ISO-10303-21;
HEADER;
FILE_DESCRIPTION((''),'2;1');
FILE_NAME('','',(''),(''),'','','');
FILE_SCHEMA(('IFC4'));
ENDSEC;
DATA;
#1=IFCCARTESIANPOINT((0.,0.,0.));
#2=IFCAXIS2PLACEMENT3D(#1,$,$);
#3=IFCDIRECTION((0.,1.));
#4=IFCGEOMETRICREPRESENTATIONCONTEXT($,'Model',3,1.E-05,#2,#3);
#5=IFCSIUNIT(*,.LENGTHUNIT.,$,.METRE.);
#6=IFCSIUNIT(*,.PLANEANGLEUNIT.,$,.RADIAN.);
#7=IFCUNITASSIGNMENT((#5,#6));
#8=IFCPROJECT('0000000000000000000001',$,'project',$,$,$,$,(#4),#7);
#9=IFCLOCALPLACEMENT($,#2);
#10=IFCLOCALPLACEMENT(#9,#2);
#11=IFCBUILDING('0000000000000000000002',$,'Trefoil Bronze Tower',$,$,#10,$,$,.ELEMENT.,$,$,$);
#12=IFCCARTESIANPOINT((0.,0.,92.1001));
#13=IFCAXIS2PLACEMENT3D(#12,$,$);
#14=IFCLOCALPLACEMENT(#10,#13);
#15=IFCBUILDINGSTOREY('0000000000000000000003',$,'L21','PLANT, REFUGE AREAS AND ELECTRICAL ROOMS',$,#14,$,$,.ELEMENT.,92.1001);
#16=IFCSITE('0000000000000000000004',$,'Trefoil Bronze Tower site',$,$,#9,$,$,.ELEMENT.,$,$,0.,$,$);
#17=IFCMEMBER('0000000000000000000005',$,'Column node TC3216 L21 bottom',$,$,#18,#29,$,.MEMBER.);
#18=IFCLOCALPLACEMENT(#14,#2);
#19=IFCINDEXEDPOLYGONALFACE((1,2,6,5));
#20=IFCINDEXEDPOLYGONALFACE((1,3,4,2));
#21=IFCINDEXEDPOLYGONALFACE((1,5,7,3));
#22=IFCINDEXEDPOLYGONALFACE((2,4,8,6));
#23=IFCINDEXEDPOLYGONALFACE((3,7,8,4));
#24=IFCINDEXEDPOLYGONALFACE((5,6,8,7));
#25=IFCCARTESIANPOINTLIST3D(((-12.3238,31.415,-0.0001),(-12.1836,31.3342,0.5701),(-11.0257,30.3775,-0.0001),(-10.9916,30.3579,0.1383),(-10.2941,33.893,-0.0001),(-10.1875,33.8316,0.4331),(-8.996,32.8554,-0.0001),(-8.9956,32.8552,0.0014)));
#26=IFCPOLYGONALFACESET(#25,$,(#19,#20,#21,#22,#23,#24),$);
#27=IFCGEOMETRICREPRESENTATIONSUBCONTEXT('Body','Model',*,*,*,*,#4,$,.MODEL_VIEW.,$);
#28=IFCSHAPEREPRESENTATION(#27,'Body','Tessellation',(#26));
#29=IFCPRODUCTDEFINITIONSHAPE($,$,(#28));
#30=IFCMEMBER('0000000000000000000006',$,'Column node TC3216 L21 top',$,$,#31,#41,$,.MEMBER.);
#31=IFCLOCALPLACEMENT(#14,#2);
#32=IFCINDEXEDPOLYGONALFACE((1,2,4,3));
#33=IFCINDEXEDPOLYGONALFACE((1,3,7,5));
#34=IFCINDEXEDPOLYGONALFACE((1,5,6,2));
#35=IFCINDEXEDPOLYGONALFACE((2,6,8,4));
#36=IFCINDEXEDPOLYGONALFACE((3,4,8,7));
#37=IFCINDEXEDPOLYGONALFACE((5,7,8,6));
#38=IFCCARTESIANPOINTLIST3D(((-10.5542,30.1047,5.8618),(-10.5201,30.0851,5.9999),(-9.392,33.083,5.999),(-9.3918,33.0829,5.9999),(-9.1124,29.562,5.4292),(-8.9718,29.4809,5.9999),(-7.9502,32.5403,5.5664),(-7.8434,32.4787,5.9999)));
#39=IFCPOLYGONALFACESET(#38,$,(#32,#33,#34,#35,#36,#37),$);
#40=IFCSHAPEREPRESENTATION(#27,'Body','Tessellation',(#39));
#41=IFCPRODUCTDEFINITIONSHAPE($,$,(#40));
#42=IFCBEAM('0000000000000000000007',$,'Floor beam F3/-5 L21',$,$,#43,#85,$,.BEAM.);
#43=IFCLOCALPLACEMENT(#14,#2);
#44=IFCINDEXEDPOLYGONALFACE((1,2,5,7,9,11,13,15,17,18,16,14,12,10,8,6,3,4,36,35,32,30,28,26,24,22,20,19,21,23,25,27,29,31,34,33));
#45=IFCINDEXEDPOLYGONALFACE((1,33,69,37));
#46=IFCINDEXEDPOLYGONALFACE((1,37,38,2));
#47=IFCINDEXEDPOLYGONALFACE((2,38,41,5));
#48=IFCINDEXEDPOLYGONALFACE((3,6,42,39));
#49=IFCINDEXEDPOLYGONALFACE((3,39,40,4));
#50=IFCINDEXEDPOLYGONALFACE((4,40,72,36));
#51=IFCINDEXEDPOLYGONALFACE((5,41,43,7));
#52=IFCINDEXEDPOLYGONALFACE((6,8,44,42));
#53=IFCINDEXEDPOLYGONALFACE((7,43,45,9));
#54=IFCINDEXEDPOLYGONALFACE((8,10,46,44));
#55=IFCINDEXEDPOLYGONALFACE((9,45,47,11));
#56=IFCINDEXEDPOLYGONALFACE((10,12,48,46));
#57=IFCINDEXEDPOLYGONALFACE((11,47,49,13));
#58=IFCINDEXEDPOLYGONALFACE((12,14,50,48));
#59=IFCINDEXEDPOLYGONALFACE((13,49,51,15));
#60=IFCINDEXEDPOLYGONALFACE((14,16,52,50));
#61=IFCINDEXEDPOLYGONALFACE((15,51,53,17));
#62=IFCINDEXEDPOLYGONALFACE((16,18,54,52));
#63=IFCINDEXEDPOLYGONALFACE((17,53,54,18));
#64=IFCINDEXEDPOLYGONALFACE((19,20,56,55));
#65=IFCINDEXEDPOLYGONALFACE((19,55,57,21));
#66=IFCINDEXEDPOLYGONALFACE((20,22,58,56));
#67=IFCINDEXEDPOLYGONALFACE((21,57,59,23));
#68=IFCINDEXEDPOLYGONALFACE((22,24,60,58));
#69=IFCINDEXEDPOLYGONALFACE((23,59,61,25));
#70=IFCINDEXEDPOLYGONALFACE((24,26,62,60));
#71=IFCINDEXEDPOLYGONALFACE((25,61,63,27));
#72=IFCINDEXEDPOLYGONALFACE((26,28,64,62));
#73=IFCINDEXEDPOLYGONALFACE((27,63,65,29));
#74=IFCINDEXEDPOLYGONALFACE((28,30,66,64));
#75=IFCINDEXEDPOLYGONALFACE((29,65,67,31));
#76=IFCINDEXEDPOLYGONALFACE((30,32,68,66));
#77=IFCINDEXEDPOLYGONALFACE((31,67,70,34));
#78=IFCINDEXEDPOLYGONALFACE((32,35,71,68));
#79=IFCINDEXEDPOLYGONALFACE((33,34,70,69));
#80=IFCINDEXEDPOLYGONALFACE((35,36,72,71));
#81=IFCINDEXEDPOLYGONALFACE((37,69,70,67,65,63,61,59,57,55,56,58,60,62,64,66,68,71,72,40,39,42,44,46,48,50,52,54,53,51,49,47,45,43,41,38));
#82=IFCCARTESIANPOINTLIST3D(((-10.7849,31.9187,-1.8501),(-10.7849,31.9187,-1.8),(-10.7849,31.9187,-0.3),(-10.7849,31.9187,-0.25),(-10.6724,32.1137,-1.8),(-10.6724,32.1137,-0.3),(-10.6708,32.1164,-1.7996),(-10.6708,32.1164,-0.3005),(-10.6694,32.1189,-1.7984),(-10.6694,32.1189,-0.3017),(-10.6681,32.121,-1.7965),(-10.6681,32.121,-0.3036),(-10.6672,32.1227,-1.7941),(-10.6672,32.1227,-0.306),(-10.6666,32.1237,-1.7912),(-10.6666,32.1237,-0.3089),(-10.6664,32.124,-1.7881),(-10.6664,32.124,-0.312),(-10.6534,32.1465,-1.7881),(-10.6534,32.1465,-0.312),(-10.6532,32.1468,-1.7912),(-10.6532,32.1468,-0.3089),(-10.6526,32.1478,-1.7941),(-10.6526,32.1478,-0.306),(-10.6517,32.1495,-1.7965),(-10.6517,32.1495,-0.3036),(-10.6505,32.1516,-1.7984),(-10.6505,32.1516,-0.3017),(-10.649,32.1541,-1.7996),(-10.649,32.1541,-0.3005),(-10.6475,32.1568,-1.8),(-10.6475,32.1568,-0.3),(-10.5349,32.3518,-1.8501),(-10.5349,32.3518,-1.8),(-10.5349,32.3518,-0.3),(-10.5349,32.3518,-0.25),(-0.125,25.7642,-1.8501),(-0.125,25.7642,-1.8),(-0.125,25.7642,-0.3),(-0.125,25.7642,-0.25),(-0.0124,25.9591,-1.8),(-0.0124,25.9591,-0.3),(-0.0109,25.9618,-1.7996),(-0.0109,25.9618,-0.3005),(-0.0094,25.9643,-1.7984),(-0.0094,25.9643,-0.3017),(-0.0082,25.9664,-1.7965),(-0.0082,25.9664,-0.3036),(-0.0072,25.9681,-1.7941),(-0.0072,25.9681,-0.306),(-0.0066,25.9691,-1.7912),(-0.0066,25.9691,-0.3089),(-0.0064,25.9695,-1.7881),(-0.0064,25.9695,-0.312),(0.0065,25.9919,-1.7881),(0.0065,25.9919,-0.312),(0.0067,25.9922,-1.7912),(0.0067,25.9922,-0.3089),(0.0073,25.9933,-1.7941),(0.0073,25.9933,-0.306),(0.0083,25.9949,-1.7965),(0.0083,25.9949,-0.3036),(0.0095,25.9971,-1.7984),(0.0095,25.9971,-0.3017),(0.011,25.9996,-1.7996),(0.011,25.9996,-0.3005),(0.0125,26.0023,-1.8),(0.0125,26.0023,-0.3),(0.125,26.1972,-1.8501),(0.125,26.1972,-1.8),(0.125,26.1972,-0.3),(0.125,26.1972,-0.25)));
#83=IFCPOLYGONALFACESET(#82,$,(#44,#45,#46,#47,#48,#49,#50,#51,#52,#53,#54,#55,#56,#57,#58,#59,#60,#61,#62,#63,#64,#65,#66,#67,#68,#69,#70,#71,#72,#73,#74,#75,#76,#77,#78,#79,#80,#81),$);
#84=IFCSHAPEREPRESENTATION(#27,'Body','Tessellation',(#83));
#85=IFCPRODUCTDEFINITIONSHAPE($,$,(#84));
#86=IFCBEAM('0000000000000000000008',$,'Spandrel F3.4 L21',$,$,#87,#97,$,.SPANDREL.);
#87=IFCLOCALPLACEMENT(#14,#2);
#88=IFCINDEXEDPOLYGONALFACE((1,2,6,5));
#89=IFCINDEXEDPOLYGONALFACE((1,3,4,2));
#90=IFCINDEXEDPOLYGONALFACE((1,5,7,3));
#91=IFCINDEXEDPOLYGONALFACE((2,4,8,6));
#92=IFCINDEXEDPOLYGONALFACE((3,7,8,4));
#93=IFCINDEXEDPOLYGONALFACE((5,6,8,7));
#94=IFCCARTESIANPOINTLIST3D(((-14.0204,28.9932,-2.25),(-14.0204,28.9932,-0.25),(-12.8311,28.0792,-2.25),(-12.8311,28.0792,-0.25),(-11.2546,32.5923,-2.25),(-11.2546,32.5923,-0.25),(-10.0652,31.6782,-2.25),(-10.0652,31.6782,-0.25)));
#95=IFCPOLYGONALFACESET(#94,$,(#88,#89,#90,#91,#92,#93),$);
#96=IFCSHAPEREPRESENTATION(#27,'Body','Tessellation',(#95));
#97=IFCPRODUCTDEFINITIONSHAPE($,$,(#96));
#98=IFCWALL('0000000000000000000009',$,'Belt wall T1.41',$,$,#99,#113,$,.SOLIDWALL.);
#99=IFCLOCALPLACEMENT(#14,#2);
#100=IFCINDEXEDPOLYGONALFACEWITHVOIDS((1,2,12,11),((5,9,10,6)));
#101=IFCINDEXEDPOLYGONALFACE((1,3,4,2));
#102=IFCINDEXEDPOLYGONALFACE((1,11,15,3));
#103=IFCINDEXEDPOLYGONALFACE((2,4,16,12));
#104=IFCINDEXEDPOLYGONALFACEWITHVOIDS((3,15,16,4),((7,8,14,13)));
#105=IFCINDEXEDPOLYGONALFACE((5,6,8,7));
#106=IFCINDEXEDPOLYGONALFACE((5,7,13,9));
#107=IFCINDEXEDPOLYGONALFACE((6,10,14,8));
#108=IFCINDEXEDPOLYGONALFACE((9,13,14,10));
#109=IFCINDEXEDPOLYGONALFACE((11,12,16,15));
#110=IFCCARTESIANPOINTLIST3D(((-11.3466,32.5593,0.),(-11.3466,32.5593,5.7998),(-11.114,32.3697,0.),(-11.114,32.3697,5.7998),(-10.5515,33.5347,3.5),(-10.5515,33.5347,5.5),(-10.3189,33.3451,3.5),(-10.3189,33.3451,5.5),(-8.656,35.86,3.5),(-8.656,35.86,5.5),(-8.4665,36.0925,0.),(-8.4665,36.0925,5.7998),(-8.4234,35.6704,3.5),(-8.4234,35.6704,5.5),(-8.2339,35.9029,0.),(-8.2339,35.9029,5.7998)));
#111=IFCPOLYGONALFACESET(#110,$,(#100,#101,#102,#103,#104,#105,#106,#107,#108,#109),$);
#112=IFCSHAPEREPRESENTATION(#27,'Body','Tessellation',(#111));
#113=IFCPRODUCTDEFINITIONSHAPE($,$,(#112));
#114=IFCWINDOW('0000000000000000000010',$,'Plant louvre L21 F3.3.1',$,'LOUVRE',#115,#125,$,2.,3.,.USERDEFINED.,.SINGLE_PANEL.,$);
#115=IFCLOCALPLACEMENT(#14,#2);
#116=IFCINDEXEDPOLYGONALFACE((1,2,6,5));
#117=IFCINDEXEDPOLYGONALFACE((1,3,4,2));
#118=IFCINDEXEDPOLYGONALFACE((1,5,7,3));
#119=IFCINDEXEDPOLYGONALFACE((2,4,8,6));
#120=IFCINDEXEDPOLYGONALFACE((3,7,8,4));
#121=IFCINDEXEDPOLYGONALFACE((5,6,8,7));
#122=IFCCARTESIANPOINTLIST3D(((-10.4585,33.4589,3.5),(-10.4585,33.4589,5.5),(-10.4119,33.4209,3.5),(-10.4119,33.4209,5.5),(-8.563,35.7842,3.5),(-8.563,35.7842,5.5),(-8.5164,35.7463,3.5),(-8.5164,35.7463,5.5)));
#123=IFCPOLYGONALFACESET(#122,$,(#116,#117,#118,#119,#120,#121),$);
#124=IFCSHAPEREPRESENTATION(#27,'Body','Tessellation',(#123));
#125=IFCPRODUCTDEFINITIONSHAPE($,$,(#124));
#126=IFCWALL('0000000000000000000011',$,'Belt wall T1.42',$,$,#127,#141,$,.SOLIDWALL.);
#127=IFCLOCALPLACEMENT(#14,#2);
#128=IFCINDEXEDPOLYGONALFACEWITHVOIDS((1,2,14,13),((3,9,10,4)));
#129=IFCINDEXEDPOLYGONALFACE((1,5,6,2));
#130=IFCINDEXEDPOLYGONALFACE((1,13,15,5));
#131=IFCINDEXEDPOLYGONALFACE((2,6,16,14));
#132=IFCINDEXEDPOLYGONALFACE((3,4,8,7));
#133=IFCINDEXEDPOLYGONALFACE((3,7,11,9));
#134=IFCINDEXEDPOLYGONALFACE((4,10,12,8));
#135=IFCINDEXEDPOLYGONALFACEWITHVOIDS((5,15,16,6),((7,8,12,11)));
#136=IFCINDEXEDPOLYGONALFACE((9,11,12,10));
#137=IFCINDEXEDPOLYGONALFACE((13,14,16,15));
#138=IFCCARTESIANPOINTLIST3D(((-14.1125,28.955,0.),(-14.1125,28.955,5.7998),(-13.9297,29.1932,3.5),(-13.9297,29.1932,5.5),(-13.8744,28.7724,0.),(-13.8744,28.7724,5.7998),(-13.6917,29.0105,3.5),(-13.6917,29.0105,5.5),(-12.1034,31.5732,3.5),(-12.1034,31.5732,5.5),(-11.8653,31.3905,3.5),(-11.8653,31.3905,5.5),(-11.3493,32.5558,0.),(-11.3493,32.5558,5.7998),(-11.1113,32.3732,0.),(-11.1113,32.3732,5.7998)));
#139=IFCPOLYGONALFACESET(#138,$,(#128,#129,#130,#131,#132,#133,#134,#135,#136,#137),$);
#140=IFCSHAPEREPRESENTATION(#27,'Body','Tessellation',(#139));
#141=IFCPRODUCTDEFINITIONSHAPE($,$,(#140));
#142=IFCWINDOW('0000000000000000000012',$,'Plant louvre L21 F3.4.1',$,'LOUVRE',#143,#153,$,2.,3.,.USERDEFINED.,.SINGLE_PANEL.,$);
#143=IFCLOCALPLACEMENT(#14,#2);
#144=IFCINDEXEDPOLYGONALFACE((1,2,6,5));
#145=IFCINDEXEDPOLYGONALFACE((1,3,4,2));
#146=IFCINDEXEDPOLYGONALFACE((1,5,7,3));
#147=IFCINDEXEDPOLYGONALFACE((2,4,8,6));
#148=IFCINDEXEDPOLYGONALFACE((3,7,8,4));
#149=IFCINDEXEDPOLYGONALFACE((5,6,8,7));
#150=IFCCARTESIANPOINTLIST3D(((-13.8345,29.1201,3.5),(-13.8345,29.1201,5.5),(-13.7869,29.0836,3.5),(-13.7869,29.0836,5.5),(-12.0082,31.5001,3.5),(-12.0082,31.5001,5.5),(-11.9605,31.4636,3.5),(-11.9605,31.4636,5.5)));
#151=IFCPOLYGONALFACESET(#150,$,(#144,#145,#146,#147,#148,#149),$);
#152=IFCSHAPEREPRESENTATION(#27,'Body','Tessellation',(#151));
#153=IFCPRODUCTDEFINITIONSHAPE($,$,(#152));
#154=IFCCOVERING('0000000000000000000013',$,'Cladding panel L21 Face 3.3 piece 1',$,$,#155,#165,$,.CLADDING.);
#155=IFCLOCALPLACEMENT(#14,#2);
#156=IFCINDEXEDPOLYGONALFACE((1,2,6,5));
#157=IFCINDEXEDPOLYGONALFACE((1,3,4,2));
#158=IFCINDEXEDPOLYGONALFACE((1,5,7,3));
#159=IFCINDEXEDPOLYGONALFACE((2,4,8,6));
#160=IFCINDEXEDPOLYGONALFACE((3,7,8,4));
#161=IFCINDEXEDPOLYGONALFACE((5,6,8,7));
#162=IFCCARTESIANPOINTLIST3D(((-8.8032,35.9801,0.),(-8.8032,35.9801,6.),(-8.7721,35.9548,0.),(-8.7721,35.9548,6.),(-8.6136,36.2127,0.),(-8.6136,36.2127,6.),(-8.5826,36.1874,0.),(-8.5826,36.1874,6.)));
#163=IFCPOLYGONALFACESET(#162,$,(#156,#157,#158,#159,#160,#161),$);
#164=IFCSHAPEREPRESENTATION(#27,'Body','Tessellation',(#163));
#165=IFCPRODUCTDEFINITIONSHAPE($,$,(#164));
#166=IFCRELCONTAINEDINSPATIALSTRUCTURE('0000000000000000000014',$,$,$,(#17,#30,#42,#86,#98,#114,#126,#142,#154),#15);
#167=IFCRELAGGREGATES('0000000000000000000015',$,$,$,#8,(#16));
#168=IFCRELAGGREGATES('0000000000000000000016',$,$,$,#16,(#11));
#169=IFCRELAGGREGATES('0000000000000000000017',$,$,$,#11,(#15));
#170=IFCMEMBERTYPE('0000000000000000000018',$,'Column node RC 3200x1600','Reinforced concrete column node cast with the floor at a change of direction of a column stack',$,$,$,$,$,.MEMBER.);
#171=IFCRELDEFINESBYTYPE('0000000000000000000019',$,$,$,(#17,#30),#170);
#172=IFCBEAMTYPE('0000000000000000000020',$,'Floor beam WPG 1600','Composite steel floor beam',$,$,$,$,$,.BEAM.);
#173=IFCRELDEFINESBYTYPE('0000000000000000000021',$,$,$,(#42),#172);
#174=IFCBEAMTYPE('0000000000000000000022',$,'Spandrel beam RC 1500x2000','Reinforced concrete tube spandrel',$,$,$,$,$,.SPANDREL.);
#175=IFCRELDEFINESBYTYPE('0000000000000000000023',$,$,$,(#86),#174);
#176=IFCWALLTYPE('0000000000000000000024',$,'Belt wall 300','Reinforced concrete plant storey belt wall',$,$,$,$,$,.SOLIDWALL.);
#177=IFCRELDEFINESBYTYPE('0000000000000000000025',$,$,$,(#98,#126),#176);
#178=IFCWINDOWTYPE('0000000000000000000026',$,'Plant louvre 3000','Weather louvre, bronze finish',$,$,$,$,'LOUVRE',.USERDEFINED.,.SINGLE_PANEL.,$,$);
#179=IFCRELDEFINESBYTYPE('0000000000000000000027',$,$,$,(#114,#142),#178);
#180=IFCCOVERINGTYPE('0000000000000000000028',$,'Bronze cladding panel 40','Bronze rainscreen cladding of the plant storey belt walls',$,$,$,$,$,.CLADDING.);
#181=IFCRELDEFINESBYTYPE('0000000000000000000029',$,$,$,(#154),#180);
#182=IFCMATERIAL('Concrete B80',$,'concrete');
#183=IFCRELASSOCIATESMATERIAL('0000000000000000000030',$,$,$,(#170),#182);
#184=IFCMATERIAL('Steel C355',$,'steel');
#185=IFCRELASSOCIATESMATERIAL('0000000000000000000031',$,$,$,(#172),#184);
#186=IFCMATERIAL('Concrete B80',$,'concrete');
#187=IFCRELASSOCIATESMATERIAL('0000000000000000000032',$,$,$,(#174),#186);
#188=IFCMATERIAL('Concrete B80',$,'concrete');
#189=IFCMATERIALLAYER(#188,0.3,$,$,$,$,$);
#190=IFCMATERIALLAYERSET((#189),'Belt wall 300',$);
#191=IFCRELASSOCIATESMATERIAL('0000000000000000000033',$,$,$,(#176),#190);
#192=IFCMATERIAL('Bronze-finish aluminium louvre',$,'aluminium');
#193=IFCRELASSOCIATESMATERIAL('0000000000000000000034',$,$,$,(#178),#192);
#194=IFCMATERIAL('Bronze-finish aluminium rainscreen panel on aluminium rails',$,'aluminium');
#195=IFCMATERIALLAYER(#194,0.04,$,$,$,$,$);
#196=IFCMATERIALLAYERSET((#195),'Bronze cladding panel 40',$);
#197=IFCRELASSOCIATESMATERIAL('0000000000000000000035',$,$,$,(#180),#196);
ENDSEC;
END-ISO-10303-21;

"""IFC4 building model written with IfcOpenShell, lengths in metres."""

from ifc_helpers import new_model, si_unit, direction, frame, frame_2d, origin, origin_2d, place, context, subcontext, project, spatial, rectangle, i_section, extrude, clip, halfspace, material, layer, layer_set, material_profile, profile_set, type_object, element, fill, save


model = new_model("IFC4")

# Units and contexts
model_context = context("Model", 3, precision=1e-05, world=origin(), true_north=direction((0.0, 1.0)))
body_context = subcontext(model_context, "Body", "Model", "MODEL_VIEW")
ifc_project = project(units=[si_unit("LENGTHUNIT", "METRE"), si_unit("PLANEANGLEUNIT", "RADIAN")], contexts=[model_context])

# Site, building, storey
site_placement = place(None, origin())
site = spatial("IfcSite", under=ifc_project, at=site_placement, Name="Trefoil Bronze Tower site", CompositionType="ELEMENT", RefElevation=0.0)
building_placement = place(site_placement, origin())
building = spatial("IfcBuilding", under=site, at=building_placement, Name="Trefoil Bronze Tower", CompositionType="ELEMENT")
storey_placement = place(building_placement, frame((0.0, 0.0, 92.1001)))
storey = spatial("IfcBuildingStorey", under=building, at=storey_placement, Name="L21", Description="PLANT, REFUGE AREAS AND ELECTRICAL ROOMS", CompositionType="ELEMENT", Elevation=92.1001)

# Members
ifc_material_1 = material(Name="Concrete B80", Category="concrete")
ifc_material_profile_1 = material_profile(ifc_material_1, rectangle(XDim=3.2, YDim=1.6001, at=origin_2d()), Name="RC 3200x1600")
ifc_profile_set_1 = profile_set([ifc_material_profile_1], Name="Concrete B80")
member_type = type_object("IfcMemberType", Name="Column node RC 3200x1600", Description="Reinforced concrete column node cast with the floor at a change of direction of a column stack", PredefinedType="MEMBER", material=ifc_profile_set_1)
member_1_placement = place(storey_placement, frame((-10.7302, 32.1758, -0.2859), z_axis=(0.236689, -0.136425, 0.96196), x_axis=(-0.623765, -0.78044, 0.042795)))
element("IfcMember", 1, at=member_1_placement, inside=storey, type_object=member_type, Name="Column node TC3216 L21 bottom", PredefinedType="MEMBER", context=body_context, shape_type="Clipping", body=[
    clip(extrude(rectangle(XDim=3.2, YDim=1.6001, at=origin_2d()), origin(), (0.0, 0.0, 1.0), 0.5942), halfspace(frame((0.0, 0.0, 0.2971), z_axis=(0.042795, -0.269818, 0.96196), x_axis=(0.0, 0.962842, 0.270066)), True)),
])
member_2_placement = place(storey_placement, frame((-9.1113, 31.2412, 6.2856), z_axis=(-0.237063, 0.136815, -0.961812), x_axis=(0.363188, 0.930729, 0.042876)))
element("IfcMember", 2, at=member_2_placement, inside=storey, type_object=member_type, Name="Column node TC3216 L21 top", PredefinedType="MEMBER", context=body_context, shape_type="Clipping", body=[
    clip(extrude(rectangle(XDim=3.2, YDim=1.6001, at=origin_2d()), origin(), (0.0, 0.0, 1.0), 0.5942), halfspace(frame((0.0, 0.0, 0.2971), z_axis=(-0.042876, 0.270331, 0.961812), x_axis=(0.0, 0.962697, -0.27058)), True)),
])

# Beams
ifc_material_2 = material(Name="Steel C355", Category="steel")
ifc_material_profile_2 = material_profile(ifc_material_2, i_section(OverallWidth=0.5, OverallDepth=1.6001, WebThickness=0.0259, FlangeThickness=0.05, FilletRadius=0.012, at=origin_2d()), Name="WPG 1600")
ifc_profile_set_2 = profile_set([ifc_material_profile_2], Name="Steel C355")
beam_type_1 = type_object("IfcBeamType", Name="Floor beam WPG 1600", Description="Composite steel floor beam", PredefinedType="BEAM", material=ifc_profile_set_2)
beam_1_placement = place(storey_placement, frame((-10.6599, 32.1353, -1.05), z_axis=(0.866024, -0.500002, 0.0), x_axis=(0.500002, 0.866024, 0.0)))
element("IfcBeam", 3, at=beam_1_placement, inside=storey, type_object=beam_type_1, Name="Floor beam F3/-5 L21", PredefinedType="BEAM", context=body_context, shape_type="SweptSolid", body=[
    extrude(i_section(OverallWidth=0.5, OverallDepth=1.6001, WebThickness=0.0259, FlangeThickness=0.05, FilletRadius=0.012, at=origin_2d()), origin(), (0.0, 0.0, 1.0), 12.3091),
])
ifc_material_3 = material(Name="Concrete B80", Category="concrete")
ifc_material_profile_3 = material_profile(ifc_material_3, rectangle(XDim=1.5, YDim=2.0, at=origin_2d()), Name="RC 1500x2000")
ifc_profile_set_3 = profile_set([ifc_material_profile_3], Name="Concrete B80")
beam_type_2 = type_object("IfcBeamType", Name="Spandrel beam RC 1500x2000", Description="Reinforced concrete tube spandrel", PredefinedType="SPANDREL", material=ifc_profile_set_3)
beam_2_placement = place(storey_placement, frame((-10.6599, 32.1353, -1.25), z_axis=(-0.609339, -0.79291, 0.0), x_axis=(0.79291, -0.609339, 0.0)))
element("IfcBeam", 4, at=beam_2_placement, inside=storey, type_object=beam_type_2, Name="Spandrel F3.4 L21", PredefinedType="SPANDREL", context=body_context, shape_type="SweptSolid", body=[
    extrude(rectangle(XDim=1.5, YDim=2.0, at=origin_2d()), origin(), (0.0, 0.0, 1.0), 4.5391),
])

# Walls, openings, windows
ifc_material_4 = material(Name="Concrete B80", Category="concrete")
ifc_layer_1 = layer(ifc_material_4, 0.3)
ifc_layer_set_1 = layer_set([ifc_layer_1], Name="Belt wall 300")
wall_type = type_object("IfcWallType", Name="Belt wall 300", Description="Reinforced concrete plant storey belt wall", PredefinedType="SOLIDWALL", material=ifc_layer_set_1)
wall_1_placement = place(storey_placement, frame((-8.3501, 35.9978, 0.0), z_axis=(0.0, 0.0, 1.0), x_axis=(-0.631834, -0.775104, 0.0)))
wall_1 = element("IfcWall", 5, at=wall_1_placement, inside=storey, type_object=wall_type, Name="Belt wall T1.41", PredefinedType="SOLIDWALL", context=body_context, shape_type="SweptSolid", body=[
    extrude(rectangle(XDim=4.5583, YDim=0.3, at=frame_2d((2.2793, 0.0))), origin(), (0.0, 0.0, 1.0), 5.7998),
])
opening_1_placement = place(wall_1_placement, frame((0.3, 0.0, 3.5)))
opening_1 = element("IfcOpeningElement", 6, at=opening_1_placement, cuts=wall_1, PredefinedType="OPENING", context=body_context, shape_type="SweptSolid", body=[
    extrude(rectangle(XDim=3.0, YDim=2.0, at=frame_2d((1.5, 1.0))), frame((0.0, 0.1599, 0.0), z_axis=(0.0, -1.0, 0.0), x_axis=(1.0, 0.0, 0.0)), (0.0, 0.0, 1.0), 0.3201),
])
ifc_material_5 = material(Name="Bronze-finish aluminium louvre", Category="aluminium")
window_type = type_object("IfcWindowType", Name="Plant louvre 3000", Description="Weather louvre, bronze finish", ElementType="LOUVRE", PartitioningType="SINGLE_PANEL", PredefinedType="USERDEFINED", material=ifc_material_5)
window_1_placement = place(opening_1_placement, origin())
window_1 = element("IfcWindow", 7, at=window_1_placement, inside=storey, type_object=window_type, Name="Plant louvre L21 F3.3.1", ObjectType="LOUVRE", OverallHeight=2.0, OverallWidth=3.0, PartitioningType="SINGLE_PANEL", PredefinedType="USERDEFINED", context=body_context, shape_type="SweptSolid", body=[
    extrude(rectangle(XDim=3.0, YDim=2.0, at=frame_2d((1.5, 1.0))), frame((0.0, 0.03, 0.0), z_axis=(0.0, -1.0, 0.0), x_axis=(1.0, 0.0, 0.0)), (0.0, 0.0, 1.0), 0.0601),
])
fill(opening_1, window_1)
wall_2_placement = place(storey_placement, frame((-11.2302, 32.4646, 0.0), z_axis=(0.0, 0.0, 1.0), x_axis=(-0.608785, -0.793335, 0.0)))
wall_2 = element("IfcWall", 8, at=wall_2_placement, inside=storey, type_object=wall_type, Name="Belt wall T1.42", PredefinedType="SOLIDWALL", context=body_context, shape_type="SweptSolid", body=[
    extrude(rectangle(XDim=4.5388, YDim=0.3, at=frame_2d((2.2695, 0.0))), origin(), (0.0, 0.0, 1.0), 5.7998),
])
opening_2_placement = place(wall_2_placement, frame((1.2388, 0.0, 3.5)))
opening_2 = element("IfcOpeningElement", 9, at=opening_2_placement, cuts=wall_2, PredefinedType="OPENING", context=body_context, shape_type="SweptSolid", body=[
    extrude(rectangle(XDim=3.0, YDim=2.0, at=frame_2d((1.5, 1.0))), frame((0.0, 0.1599, 0.0), z_axis=(0.0, -1.0, 0.0), x_axis=(1.0, 0.0, 0.0)), (0.0, 0.0, 1.0), 0.3201),
])
window_2_placement = place(opening_2_placement, origin())
window_2 = element("IfcWindow", 10, at=window_2_placement, inside=storey, type_object=window_type, Name="Plant louvre L21 F3.4.1", ObjectType="LOUVRE", OverallHeight=2.0, OverallWidth=3.0, PartitioningType="SINGLE_PANEL", PredefinedType="USERDEFINED", context=body_context, shape_type="SweptSolid", body=[
    extrude(rectangle(XDim=3.0, YDim=2.0, at=frame_2d((1.5, 1.0))), frame((0.0, 0.03, 0.0), z_axis=(0.0, -1.0, 0.0), x_axis=(1.0, 0.0, 0.0)), (0.0, 0.0, 1.0), 0.0601),
])
fill(opening_2, window_2)

# Covering
ifc_material_6 = material(Name="Bronze-finish aluminium rainscreen panel on aluminium rails", Category="aluminium")
ifc_layer_2 = layer(ifc_material_6, 0.04)
ifc_layer_set_2 = layer_set([ifc_layer_2], Name="Bronze cladding panel 40")
covering_type_1 = type_object("IfcCoveringType", Name="Bronze cladding panel 40", Description="Bronze rainscreen cladding of the plant storey belt walls", PredefinedType="CLADDING", material=ifc_layer_set_2)
covering_1_placement = place(storey_placement, frame((-8.6929, 36.0837, 0.0), z_axis=(0.0, 0.0, 1.0), x_axis=(-0.631811, -0.775123, 0.0)))
element("IfcCovering", 11, at=covering_1_placement, inside=storey, type_object=covering_type_1, Name="Cladding panel L21 Face 3.3 piece 1", PredefinedType="CLADDING", context=body_context, shape_type="SweptSolid", body=[
    extrude(rectangle(XDim=0.3, YDim=0.04, at=origin_2d()), origin(), (0.0, 0.0, 1.0), 6.0),
])

save(model, "model.ifc")
